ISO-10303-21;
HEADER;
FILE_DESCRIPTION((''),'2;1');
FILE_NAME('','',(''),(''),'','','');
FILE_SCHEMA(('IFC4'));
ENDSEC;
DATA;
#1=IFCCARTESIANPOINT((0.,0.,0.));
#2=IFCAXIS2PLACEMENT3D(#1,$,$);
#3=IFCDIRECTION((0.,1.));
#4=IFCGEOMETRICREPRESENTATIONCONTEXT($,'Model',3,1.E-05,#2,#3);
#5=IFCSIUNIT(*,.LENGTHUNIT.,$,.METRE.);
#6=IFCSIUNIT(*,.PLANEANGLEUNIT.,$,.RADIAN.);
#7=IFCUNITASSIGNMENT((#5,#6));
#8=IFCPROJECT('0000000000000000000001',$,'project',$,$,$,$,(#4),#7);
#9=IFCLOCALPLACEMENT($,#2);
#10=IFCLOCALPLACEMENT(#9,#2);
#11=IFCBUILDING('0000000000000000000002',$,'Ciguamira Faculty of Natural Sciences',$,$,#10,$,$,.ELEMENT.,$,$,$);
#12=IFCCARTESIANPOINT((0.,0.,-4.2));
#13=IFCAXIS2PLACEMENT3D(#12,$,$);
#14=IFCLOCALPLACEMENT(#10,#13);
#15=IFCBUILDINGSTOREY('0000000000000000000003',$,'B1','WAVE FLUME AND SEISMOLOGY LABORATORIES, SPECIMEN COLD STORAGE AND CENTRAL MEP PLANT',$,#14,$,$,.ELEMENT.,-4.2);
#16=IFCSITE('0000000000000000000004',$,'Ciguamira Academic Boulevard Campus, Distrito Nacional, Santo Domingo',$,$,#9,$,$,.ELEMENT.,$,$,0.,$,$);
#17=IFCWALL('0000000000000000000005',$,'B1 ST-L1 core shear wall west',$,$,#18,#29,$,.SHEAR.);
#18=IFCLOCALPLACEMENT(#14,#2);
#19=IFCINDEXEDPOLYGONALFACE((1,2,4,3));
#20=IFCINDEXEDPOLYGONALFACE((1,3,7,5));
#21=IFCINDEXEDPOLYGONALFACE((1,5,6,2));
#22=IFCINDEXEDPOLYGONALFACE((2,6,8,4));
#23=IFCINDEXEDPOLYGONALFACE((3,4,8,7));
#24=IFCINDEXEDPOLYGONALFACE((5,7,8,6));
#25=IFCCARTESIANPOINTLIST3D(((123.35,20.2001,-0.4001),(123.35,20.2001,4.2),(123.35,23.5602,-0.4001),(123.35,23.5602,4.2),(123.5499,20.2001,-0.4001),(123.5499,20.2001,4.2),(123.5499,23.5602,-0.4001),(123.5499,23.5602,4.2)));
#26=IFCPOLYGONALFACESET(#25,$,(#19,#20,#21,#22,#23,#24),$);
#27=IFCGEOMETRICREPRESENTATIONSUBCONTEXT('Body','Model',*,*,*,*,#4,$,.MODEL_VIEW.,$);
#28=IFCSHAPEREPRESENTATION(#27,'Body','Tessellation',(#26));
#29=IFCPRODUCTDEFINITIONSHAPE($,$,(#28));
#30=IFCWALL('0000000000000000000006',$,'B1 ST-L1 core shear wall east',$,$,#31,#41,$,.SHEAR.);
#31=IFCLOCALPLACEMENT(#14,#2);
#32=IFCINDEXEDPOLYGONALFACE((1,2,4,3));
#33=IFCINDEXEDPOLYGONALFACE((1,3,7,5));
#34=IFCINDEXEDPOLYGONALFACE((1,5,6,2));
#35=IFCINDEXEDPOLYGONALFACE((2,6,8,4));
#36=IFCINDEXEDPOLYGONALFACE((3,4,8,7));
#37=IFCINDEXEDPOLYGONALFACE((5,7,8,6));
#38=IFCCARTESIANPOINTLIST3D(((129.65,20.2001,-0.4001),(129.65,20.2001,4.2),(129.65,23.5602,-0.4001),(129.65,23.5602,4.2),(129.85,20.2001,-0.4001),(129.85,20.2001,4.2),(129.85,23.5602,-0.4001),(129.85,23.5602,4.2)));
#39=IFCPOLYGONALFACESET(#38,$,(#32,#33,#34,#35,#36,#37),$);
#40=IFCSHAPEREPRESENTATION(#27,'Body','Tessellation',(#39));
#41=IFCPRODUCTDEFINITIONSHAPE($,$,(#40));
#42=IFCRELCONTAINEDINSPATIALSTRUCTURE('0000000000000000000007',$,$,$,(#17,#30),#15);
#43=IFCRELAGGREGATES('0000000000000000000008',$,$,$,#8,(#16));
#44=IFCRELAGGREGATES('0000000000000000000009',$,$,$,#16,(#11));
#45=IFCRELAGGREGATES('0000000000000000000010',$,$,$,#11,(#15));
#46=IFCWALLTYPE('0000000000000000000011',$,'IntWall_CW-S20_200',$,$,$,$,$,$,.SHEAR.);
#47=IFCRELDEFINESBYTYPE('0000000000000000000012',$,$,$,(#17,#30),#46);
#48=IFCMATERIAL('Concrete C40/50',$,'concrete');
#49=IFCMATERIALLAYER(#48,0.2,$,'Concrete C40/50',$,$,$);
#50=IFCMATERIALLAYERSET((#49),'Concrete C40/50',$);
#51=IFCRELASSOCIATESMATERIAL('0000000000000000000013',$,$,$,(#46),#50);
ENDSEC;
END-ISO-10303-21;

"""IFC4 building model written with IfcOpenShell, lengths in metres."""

from ifc_helpers import new_model, si_unit, direction, frame, frame_2d, origin, place, context, subcontext, project, spatial, rectangle, extrude, material, layer, layer_set, type_object, element, save


model = new_model("IFC4")

# Units and contexts
model_context = context("Model", 3, precision=1e-05, world=origin(), true_north=direction((0.0, 1.0)))
body_context = subcontext(model_context, "Body", "Model", "MODEL_VIEW")
ifc_project = project(units=[si_unit("LENGTHUNIT", "METRE"), si_unit("PLANEANGLEUNIT", "RADIAN")], contexts=[model_context])

# Site, building, storey
site_placement = place(None, origin())
site = spatial("IfcSite", under=ifc_project, at=site_placement, Name="Ciguamira Academic Boulevard Campus, Distrito Nacional, Santo Domingo", CompositionType="ELEMENT", RefElevation=0.0)
building_placement = place(site_placement, origin())
building = spatial("IfcBuilding", under=site, at=building_placement, Name="Ciguamira Faculty of Natural Sciences", CompositionType="ELEMENT")
storey_placement = place(building_placement, frame((0.0, 0.0, -4.2)))
storey = spatial("IfcBuildingStorey", under=building, at=storey_placement, Name="B1", Description="WAVE FLUME AND SEISMOLOGY LABORATORIES, SPECIMEN COLD STORAGE AND CENTRAL MEP PLANT", CompositionType="ELEMENT", Elevation=-4.2)

# Walls
ifc_material_1 = material(Name="Concrete C40/50", Category="concrete")
ifc_layer_1 = layer(ifc_material_1, 0.2, Name="Concrete C40/50")
ifc_layer_set_1 = layer_set([ifc_layer_1], Name="Concrete C40/50")
wall_type_1 = type_object("IfcWallType", Name="IntWall_CW-S20_200", PredefinedType="SHEAR", material=ifc_layer_set_1)
for number, where, z_axis, x_axis, name in (
    (1, (123.45, 20.2, -0.4001), (0.0, 0.0, 1.0), (0.0, 1.0, 0.0), "B1 ST-L1 core shear wall west"),
    (2, (129.75, 20.2, -0.4001), (0.0, 0.0, 1.0), (0.0, 1.0, 0.0), "B1 ST-L1 core shear wall east"),
):
    element("IfcWall", number, at=place(storey_placement, frame(where, z_axis=z_axis, x_axis=x_axis)), inside=storey, type_object=wall_type_1, Name=name, PredefinedType="SHEAR", context=body_context, shape_type="SweptSolid", body=[
        extrude(rectangle(XDim=3.3601, YDim=0.2, at=frame_2d((1.6802, 0.0))), origin(), (0.0, 0.0, 1.0), 4.6001),
    ])

save(model, "model.ifc")
